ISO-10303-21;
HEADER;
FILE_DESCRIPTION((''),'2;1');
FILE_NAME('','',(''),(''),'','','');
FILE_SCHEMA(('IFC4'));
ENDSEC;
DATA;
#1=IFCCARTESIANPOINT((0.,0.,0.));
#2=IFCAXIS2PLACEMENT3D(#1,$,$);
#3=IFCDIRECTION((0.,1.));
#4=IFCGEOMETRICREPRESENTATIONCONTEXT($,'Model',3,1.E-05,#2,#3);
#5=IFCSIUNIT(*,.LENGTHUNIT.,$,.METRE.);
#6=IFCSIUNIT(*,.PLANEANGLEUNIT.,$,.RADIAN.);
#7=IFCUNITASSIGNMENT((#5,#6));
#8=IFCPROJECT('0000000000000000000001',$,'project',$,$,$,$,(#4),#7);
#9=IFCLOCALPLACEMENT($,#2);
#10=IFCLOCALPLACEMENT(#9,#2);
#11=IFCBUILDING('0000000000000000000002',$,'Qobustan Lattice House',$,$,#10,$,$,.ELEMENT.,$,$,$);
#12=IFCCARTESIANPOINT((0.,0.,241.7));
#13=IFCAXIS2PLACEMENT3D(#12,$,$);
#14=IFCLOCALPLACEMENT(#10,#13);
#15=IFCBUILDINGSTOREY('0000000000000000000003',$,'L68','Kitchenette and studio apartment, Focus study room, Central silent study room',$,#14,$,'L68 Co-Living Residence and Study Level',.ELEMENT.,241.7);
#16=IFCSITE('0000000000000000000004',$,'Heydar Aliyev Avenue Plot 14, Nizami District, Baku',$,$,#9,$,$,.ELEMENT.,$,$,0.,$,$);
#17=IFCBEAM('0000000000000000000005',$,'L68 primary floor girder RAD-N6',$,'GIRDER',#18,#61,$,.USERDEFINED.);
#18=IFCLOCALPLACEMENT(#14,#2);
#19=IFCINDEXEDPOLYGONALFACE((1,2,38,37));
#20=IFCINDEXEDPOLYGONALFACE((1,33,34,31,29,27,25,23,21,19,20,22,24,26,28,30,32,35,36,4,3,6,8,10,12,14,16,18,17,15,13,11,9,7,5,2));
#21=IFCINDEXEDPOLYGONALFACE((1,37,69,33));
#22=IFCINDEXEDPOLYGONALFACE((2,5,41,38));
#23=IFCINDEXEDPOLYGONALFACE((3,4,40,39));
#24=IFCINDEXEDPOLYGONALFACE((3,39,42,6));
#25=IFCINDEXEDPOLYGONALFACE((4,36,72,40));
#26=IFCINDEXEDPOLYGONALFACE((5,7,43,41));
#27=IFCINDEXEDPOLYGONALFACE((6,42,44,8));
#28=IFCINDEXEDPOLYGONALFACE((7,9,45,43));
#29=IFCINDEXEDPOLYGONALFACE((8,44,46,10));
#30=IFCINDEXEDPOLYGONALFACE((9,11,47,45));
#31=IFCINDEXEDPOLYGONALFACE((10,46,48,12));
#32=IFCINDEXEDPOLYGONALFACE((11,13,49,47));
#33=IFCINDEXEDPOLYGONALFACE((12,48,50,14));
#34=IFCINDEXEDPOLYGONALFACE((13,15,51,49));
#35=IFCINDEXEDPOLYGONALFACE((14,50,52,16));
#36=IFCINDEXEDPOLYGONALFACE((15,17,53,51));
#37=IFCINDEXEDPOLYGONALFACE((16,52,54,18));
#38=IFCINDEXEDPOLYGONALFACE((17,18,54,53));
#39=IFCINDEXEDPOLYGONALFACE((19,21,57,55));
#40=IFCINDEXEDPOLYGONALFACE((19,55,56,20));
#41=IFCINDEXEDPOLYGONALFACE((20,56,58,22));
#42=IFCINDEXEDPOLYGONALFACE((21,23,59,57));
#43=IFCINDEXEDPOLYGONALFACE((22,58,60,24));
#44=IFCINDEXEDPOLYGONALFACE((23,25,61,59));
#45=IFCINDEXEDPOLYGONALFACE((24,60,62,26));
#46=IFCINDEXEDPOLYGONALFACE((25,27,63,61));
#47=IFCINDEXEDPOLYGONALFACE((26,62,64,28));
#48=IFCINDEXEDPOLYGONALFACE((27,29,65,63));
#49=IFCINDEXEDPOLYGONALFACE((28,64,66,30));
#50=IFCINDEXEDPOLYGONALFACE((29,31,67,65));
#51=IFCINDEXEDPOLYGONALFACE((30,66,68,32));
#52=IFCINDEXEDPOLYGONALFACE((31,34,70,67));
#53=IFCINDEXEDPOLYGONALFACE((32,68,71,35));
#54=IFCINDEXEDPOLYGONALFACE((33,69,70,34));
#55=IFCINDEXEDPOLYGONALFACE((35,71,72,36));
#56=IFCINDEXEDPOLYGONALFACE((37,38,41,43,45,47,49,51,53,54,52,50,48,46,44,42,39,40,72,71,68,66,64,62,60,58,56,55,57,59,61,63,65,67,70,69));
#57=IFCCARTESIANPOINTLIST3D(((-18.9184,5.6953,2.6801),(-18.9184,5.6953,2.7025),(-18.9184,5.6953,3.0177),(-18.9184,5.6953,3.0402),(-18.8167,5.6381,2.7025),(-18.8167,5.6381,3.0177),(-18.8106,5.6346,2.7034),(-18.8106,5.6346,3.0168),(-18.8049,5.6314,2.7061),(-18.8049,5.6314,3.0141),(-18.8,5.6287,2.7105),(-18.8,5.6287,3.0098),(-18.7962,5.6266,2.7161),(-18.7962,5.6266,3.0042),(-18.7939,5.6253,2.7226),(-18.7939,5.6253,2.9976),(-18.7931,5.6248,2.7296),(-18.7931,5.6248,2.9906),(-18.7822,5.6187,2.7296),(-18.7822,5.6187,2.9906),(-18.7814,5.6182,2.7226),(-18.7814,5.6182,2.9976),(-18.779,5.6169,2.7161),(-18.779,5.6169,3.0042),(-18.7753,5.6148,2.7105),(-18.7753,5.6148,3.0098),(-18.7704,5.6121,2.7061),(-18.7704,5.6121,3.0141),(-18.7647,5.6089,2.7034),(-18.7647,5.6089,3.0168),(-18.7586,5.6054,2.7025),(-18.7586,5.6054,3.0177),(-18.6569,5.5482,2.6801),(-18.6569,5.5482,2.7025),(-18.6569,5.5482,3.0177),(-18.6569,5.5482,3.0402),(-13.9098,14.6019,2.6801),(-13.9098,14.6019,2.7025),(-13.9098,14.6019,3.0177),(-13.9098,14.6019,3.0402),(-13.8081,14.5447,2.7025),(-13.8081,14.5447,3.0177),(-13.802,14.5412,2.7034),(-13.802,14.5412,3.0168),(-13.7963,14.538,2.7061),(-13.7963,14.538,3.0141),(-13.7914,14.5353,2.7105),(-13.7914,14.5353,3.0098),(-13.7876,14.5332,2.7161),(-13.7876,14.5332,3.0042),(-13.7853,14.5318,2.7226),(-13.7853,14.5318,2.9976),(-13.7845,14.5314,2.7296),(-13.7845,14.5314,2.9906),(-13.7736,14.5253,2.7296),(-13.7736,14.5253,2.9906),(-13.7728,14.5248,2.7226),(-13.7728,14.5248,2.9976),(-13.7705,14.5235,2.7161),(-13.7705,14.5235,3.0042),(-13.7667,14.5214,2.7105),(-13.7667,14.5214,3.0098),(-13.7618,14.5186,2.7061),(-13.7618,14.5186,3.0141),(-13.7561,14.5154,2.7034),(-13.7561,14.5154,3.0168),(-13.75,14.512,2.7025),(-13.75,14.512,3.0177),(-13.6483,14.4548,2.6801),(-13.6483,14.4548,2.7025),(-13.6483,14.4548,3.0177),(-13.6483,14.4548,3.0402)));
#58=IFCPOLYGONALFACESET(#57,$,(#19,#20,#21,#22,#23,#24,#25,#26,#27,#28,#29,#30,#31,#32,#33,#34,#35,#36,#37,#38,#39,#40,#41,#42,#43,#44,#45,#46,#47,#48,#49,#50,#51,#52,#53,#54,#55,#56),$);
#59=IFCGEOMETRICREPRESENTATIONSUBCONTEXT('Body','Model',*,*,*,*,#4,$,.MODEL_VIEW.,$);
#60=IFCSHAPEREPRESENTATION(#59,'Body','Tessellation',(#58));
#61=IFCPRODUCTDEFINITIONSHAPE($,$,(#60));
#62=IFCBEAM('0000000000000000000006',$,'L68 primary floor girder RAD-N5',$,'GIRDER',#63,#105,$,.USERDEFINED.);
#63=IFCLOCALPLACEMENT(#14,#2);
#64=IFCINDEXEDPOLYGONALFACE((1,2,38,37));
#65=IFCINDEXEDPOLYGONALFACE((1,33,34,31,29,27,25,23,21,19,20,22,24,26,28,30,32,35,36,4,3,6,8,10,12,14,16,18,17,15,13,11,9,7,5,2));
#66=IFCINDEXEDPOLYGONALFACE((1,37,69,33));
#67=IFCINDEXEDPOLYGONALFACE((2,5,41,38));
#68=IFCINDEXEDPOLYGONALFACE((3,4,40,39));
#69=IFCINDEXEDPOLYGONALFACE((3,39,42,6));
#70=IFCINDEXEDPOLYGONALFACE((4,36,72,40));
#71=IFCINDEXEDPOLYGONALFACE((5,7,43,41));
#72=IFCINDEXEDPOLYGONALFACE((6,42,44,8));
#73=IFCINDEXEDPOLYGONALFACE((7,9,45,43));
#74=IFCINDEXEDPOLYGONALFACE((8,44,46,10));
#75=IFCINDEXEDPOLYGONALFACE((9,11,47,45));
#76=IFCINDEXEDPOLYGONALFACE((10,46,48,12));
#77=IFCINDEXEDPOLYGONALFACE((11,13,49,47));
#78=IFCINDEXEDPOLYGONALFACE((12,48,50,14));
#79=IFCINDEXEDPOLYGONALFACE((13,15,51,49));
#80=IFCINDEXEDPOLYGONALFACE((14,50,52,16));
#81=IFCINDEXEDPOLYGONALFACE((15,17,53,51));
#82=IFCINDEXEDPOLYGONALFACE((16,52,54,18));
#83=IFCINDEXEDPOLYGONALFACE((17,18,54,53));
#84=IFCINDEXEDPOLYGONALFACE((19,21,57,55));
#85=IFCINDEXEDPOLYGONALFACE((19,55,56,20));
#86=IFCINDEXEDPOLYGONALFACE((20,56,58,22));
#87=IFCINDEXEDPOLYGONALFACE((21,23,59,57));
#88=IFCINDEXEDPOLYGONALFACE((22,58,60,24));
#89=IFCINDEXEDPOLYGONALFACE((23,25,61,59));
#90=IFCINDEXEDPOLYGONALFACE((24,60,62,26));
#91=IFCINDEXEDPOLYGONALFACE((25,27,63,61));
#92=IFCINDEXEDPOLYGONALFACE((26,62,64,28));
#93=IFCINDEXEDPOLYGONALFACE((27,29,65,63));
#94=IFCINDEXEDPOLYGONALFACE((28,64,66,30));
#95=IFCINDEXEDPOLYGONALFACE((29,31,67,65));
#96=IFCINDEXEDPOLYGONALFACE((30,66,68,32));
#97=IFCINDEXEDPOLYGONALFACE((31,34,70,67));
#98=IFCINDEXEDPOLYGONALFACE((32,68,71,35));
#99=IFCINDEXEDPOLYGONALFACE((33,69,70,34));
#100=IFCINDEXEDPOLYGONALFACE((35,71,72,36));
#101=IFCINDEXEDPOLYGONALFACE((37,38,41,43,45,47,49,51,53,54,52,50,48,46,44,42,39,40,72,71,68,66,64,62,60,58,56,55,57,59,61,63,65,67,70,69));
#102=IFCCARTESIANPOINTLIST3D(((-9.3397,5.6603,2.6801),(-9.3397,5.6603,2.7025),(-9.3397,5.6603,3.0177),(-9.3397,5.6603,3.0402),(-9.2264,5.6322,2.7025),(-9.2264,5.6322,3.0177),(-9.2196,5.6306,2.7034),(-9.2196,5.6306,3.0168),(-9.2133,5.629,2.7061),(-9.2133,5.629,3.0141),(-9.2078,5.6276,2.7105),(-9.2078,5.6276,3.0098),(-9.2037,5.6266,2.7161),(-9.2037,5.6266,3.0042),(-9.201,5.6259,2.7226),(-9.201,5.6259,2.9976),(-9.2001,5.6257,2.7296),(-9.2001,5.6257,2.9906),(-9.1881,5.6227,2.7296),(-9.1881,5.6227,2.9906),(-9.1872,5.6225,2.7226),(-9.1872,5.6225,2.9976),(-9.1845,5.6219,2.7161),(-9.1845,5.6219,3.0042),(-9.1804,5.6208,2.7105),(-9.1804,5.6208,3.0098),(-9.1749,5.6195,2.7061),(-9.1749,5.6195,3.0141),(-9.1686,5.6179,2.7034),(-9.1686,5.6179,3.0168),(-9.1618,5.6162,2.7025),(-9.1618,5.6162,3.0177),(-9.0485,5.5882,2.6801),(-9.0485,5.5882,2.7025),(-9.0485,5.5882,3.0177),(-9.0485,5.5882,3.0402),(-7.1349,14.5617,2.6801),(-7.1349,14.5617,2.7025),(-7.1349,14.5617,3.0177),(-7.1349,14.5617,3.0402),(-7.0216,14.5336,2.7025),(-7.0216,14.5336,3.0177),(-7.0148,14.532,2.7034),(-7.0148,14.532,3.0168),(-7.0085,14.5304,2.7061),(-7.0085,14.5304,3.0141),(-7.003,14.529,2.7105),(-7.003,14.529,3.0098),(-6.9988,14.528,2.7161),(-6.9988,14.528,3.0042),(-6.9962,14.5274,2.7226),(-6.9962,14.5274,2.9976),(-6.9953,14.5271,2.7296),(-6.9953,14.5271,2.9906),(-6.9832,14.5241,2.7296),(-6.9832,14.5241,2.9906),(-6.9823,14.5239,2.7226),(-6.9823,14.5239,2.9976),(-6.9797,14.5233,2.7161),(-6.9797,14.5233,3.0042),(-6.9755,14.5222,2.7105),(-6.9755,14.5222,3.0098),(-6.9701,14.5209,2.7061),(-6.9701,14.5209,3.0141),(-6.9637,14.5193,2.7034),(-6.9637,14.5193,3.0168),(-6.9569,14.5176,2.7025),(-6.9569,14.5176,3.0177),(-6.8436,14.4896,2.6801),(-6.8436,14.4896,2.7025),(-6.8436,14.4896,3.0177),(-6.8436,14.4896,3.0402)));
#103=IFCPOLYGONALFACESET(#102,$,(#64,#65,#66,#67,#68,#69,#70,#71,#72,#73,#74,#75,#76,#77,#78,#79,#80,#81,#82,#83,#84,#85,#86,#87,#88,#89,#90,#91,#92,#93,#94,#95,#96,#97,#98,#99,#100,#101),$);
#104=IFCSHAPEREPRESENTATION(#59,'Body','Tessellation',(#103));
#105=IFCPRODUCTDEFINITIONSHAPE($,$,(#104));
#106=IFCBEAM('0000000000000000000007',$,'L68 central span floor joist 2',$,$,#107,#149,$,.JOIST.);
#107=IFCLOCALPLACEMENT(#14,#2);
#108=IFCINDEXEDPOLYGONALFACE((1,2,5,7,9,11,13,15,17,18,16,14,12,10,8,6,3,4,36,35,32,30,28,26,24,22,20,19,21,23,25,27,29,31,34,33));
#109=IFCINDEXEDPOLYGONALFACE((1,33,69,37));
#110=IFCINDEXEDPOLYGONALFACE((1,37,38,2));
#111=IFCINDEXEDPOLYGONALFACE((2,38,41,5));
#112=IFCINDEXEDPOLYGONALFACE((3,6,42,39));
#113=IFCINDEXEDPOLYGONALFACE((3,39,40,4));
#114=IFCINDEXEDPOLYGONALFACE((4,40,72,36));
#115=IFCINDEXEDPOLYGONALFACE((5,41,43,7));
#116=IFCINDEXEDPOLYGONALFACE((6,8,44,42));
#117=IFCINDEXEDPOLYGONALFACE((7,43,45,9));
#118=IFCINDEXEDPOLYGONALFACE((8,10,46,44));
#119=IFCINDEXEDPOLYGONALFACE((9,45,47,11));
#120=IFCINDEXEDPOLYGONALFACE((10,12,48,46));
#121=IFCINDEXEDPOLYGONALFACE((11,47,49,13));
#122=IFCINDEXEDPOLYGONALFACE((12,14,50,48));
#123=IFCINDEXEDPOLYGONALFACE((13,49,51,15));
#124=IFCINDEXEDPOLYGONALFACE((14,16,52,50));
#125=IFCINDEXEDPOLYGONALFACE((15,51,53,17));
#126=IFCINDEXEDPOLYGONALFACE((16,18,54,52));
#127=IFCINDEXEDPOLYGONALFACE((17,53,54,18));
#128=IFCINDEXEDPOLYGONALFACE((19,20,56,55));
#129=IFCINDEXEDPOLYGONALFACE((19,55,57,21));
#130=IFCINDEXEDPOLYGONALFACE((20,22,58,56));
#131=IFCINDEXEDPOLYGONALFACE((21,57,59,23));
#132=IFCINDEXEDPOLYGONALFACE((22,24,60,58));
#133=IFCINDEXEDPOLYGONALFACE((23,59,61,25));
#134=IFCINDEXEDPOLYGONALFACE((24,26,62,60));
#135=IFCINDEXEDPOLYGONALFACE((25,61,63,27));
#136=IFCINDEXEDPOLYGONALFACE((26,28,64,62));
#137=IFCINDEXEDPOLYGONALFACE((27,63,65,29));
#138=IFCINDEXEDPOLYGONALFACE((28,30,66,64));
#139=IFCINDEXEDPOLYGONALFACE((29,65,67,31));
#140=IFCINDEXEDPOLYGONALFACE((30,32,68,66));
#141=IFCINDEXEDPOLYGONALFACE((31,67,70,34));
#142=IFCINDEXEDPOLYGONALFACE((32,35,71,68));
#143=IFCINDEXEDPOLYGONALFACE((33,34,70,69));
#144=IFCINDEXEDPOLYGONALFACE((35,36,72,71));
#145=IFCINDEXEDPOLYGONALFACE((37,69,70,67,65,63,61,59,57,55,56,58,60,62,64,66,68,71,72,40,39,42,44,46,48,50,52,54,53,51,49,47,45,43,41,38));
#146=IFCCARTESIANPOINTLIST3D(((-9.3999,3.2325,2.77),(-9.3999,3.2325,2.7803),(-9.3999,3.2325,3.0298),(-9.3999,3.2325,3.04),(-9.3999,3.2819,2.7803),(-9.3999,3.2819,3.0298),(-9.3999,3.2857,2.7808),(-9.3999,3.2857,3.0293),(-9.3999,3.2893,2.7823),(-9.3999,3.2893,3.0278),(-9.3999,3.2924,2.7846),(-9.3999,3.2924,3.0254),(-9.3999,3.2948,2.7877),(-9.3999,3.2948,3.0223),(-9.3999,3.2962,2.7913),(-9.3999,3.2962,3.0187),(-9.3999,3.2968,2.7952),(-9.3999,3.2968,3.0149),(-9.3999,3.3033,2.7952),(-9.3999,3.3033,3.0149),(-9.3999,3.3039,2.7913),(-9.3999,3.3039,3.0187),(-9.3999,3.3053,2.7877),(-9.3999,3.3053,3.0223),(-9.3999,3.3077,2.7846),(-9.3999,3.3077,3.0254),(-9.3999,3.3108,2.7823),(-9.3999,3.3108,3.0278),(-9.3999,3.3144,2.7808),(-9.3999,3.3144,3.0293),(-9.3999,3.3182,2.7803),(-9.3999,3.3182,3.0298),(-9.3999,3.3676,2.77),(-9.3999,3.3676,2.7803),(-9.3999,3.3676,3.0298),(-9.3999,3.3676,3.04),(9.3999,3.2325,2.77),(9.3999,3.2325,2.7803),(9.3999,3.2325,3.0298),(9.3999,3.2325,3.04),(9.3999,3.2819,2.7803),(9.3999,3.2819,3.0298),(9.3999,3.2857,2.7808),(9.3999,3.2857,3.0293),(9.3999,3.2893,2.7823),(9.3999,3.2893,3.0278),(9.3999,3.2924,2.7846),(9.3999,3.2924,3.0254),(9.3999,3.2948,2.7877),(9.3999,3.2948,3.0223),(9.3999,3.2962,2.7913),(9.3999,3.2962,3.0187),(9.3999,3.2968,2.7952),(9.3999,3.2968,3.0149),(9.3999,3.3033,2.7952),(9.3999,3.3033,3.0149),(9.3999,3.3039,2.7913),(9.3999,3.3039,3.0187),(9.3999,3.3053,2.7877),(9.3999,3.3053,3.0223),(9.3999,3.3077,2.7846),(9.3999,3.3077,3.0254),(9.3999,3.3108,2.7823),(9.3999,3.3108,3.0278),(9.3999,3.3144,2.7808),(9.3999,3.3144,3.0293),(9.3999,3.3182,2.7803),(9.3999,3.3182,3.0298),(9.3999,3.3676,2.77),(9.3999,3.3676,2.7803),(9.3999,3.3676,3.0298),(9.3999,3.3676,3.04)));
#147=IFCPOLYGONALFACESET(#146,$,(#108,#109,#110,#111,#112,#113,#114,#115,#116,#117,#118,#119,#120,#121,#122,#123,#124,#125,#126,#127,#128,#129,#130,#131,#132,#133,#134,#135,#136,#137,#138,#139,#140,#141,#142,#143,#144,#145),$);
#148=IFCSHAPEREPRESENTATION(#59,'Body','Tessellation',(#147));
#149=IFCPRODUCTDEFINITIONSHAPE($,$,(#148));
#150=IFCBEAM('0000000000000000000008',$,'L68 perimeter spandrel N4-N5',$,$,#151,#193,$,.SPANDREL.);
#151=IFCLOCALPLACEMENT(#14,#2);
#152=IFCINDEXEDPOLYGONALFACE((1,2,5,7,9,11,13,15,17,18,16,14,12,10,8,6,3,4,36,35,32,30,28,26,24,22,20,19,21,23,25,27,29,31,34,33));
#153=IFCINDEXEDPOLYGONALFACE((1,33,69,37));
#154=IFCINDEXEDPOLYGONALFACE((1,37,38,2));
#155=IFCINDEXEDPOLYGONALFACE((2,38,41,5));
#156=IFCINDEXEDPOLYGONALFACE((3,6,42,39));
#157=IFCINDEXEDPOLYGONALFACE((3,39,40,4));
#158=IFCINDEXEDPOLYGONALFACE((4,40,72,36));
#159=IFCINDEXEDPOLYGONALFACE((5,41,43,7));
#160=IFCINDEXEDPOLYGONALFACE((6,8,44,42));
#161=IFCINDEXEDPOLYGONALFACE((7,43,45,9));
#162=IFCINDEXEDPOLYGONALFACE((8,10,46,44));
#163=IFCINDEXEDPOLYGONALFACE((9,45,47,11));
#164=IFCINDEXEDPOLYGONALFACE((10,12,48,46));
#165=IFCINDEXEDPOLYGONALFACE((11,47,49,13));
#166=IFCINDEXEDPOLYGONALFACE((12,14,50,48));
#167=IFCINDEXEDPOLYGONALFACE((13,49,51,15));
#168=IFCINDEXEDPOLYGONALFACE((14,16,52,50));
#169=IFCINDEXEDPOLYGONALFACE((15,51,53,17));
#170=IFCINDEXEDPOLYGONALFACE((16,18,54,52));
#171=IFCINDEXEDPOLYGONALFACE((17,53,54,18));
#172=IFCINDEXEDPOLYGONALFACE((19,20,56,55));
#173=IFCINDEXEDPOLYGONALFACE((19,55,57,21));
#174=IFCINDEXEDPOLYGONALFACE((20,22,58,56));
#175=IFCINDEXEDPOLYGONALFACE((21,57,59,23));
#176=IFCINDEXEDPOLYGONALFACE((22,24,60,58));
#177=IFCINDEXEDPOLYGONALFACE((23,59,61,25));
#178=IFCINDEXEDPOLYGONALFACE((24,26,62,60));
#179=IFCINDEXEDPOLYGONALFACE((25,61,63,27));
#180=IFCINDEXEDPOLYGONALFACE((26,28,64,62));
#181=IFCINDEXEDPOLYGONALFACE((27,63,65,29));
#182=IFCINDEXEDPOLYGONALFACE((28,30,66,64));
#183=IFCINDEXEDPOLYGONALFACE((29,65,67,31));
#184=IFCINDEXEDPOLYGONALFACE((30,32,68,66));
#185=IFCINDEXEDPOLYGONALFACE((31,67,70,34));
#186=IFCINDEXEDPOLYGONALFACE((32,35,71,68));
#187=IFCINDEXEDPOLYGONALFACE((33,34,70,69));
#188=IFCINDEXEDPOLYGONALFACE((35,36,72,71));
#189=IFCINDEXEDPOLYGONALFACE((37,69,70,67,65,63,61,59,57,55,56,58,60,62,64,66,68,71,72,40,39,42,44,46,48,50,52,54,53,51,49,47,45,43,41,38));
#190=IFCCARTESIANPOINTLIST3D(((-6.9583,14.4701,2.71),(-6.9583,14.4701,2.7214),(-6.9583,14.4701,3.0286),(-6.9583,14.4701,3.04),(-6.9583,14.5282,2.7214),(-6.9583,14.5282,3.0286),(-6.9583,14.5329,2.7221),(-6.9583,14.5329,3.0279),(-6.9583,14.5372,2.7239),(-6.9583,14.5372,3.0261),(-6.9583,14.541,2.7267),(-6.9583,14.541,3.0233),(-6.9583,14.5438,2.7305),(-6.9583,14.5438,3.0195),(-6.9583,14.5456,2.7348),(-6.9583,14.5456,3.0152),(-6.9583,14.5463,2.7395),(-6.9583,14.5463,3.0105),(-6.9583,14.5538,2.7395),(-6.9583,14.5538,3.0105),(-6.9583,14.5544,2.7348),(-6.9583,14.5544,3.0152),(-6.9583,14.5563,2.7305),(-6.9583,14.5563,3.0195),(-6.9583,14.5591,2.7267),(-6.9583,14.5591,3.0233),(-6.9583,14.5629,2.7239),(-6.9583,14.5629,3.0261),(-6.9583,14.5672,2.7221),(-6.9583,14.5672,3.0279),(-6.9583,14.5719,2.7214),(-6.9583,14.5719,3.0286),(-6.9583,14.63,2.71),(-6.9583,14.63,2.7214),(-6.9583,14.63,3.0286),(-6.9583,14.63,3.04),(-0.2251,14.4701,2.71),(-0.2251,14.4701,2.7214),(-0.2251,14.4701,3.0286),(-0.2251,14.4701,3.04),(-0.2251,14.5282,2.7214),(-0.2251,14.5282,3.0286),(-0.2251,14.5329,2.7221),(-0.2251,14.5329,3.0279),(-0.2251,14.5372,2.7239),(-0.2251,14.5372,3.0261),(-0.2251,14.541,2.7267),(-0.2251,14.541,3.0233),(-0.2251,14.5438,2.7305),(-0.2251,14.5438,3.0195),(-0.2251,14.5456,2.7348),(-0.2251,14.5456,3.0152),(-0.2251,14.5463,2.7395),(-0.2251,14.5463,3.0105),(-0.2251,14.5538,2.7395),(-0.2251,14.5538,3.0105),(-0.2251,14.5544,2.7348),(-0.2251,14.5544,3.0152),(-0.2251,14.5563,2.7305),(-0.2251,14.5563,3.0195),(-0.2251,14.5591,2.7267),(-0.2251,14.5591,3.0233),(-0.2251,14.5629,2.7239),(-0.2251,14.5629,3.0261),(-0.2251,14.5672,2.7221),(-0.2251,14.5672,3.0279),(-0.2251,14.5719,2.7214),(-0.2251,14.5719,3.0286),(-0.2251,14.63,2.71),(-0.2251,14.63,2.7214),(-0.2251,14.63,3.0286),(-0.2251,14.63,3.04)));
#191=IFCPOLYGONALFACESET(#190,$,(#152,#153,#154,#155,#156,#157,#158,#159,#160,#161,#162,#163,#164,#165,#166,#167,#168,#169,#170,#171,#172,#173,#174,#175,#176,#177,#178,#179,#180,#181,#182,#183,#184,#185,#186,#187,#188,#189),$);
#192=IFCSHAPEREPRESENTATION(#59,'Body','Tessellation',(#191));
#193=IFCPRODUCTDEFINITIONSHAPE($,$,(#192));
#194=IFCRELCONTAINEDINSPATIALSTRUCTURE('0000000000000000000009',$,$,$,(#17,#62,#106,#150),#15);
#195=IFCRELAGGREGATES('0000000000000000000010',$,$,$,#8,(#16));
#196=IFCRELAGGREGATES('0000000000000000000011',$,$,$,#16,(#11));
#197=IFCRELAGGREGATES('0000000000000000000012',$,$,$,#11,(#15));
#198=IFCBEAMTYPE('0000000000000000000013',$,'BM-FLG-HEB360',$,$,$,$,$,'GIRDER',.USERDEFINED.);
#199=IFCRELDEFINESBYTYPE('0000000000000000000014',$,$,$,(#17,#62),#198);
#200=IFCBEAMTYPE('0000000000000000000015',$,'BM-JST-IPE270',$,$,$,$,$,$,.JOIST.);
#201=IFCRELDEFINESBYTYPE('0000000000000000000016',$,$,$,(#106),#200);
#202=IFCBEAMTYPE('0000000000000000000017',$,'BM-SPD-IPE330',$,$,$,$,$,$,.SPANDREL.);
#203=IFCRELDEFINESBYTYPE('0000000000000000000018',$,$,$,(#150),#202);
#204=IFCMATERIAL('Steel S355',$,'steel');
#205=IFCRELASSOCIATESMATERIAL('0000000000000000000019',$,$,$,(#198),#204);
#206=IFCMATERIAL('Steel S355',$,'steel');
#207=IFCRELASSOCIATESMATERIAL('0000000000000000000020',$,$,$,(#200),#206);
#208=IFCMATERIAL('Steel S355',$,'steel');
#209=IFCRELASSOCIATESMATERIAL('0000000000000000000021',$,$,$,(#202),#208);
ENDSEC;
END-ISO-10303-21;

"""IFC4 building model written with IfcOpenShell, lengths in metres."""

from ifc_helpers import new_model, si_unit, direction, frame, origin, origin_2d, place, context, subcontext, project, spatial, i_section, extrude, material, material_profile, profile_set, type_object, element, save


model = new_model("IFC4")

# Units and contexts
model_context = context("Model", 3, precision=1e-05, world=origin(), true_north=direction((0.0, 1.0)))
body_context = subcontext(model_context, "Body", "Model", "MODEL_VIEW")
ifc_project = project(units=[si_unit("LENGTHUNIT", "METRE"), si_unit("PLANEANGLEUNIT", "RADIAN")], contexts=[model_context])

# Site, building, storey
site_placement = place(None, origin())
site = spatial("IfcSite", under=ifc_project, at=site_placement, Name="Heydar Aliyev Avenue Plot 14, Nizami District, Baku", CompositionType="ELEMENT", RefElevation=0.0)
building_placement = place(site_placement, origin())
building = spatial("IfcBuilding", under=site, at=building_placement, Name="Qobustan Lattice House", CompositionType="ELEMENT")
storey_placement = place(building_placement, frame((0.0, 0.0, 241.7)))
storey = spatial("IfcBuildingStorey", under=building, at=storey_placement, Name="L68", Description="Kitchenette and studio apartment, Focus study room, Central silent study room", LongName="L68 Co-Living Residence and Study Level", CompositionType="ELEMENT", Elevation=241.7)

# Beams
ifc_material_1 = material(Name="Steel S355", Category="steel")
ifc_material_profile_1 = material_profile(ifc_material_1, i_section(OverallWidth=0.3, OverallDepth=0.3601, WebThickness=0.0125, FlangeThickness=0.0225, FilletRadius=0.0271, at=origin_2d()), Name="HEB360")
ifc_profile_set_1 = profile_set([ifc_material_profile_1], Name="Steel S355")
beam_type_1 = type_object("IfcBeamType", Name="BM-FLG-HEB360", ElementType="GIRDER", PredefinedType="USERDEFINED", material=ifc_profile_set_1)
beam_1_placement = place(storey_placement, frame((-13.7791, 14.5283, 2.8601), z_axis=(-0.49016, -0.871632, 0.0), x_axis=(0.871632, -0.49016, 0.0)))
element("IfcBeam", 1, at=beam_1_placement, inside=storey, type_object=beam_type_1, Name="L68 primary floor girder RAD-N6", ObjectType="GIRDER", PredefinedType="USERDEFINED", context=body_context, shape_type="SweptSolid", body=[
    extrude(i_section(OverallWidth=0.3, OverallDepth=0.3601, WebThickness=0.0125, FlangeThickness=0.0225, FilletRadius=0.0271, at=origin_2d()), origin(), (0.0, 0.0, 1.0), 10.2183),
])
beam_2_placement = place(storey_placement, frame((-6.9893, 14.5256, 2.8601), z_axis=(-0.24043, -0.970666, 0.0), x_axis=(0.970666, -0.24043, 0.0)))
element("IfcBeam", 2, at=beam_2_placement, inside=storey, type_object=beam_type_1, Name="L68 primary floor girder RAD-N5", ObjectType="GIRDER", PredefinedType="USERDEFINED", context=body_context, shape_type="SweptSolid", body=[
    extrude(i_section(OverallWidth=0.3, OverallDepth=0.3601, WebThickness=0.0125, FlangeThickness=0.0225, FilletRadius=0.0271, at=origin_2d()), origin(), (0.0, 0.0, 1.0), 9.1704),
])
ifc_material_2 = material(Name="Steel S355", Category="steel")
ifc_material_profile_2 = material_profile(ifc_material_2, i_section(OverallWidth=0.135, OverallDepth=0.27, WebThickness=0.0066, FlangeThickness=0.0103, FilletRadius=0.0149, at=origin_2d()), Name="IPE270")
ifc_profile_set_2 = profile_set([ifc_material_profile_2], Name="Steel S355")
beam_type_2 = type_object("IfcBeamType", Name="BM-JST-IPE270", PredefinedType="JOIST", material=ifc_profile_set_2)
beam_3_placement = place(storey_placement, frame((-9.3999, 3.3, 2.905), z_axis=(1.0, 0.0, 0.0), x_axis=(0.0, 1.0, 0.0)))
element("IfcBeam", 3, at=beam_3_placement, inside=storey, type_object=beam_type_2, Name="L68 central span floor joist 2", PredefinedType="JOIST", context=body_context, shape_type="SweptSolid", body=[
    extrude(i_section(OverallWidth=0.135, OverallDepth=0.27, WebThickness=0.0066, FlangeThickness=0.0103, FilletRadius=0.0149, at=origin_2d()), origin(), (0.0, 0.0, 1.0), 18.7998),
])
ifc_material_3 = material(Name="Steel S355", Category="steel")
ifc_material_profile_3 = material_profile(ifc_material_3, i_section(OverallWidth=0.1599, OverallDepth=0.3301, WebThickness=0.0076, FlangeThickness=0.0115, FilletRadius=0.0181, at=origin_2d()), Name="IPE330")
ifc_profile_set_3 = profile_set([ifc_material_profile_3], Name="Steel S355")
beam_type_3 = type_object("IfcBeamType", Name="BM-SPD-IPE330", PredefinedType="SPANDREL", material=ifc_profile_set_3)
beam_4_placement = place(storey_placement, frame((-0.2251, 14.55, 2.875), z_axis=(-1.0, 0.0, 0.0), x_axis=(0.0, -1.0, 0.0)))
element("IfcBeam", 4, at=beam_4_placement, inside=storey, type_object=beam_type_3, Name="L68 perimeter spandrel N4-N5", PredefinedType="SPANDREL", context=body_context, shape_type="SweptSolid", body=[
    extrude(i_section(OverallWidth=0.1599, OverallDepth=0.3301, WebThickness=0.0076, FlangeThickness=0.0115, FilletRadius=0.0181, at=origin_2d()), origin(), (0.0, 0.0, 1.0), 6.7332),
])

save(model, "model.ifc")
